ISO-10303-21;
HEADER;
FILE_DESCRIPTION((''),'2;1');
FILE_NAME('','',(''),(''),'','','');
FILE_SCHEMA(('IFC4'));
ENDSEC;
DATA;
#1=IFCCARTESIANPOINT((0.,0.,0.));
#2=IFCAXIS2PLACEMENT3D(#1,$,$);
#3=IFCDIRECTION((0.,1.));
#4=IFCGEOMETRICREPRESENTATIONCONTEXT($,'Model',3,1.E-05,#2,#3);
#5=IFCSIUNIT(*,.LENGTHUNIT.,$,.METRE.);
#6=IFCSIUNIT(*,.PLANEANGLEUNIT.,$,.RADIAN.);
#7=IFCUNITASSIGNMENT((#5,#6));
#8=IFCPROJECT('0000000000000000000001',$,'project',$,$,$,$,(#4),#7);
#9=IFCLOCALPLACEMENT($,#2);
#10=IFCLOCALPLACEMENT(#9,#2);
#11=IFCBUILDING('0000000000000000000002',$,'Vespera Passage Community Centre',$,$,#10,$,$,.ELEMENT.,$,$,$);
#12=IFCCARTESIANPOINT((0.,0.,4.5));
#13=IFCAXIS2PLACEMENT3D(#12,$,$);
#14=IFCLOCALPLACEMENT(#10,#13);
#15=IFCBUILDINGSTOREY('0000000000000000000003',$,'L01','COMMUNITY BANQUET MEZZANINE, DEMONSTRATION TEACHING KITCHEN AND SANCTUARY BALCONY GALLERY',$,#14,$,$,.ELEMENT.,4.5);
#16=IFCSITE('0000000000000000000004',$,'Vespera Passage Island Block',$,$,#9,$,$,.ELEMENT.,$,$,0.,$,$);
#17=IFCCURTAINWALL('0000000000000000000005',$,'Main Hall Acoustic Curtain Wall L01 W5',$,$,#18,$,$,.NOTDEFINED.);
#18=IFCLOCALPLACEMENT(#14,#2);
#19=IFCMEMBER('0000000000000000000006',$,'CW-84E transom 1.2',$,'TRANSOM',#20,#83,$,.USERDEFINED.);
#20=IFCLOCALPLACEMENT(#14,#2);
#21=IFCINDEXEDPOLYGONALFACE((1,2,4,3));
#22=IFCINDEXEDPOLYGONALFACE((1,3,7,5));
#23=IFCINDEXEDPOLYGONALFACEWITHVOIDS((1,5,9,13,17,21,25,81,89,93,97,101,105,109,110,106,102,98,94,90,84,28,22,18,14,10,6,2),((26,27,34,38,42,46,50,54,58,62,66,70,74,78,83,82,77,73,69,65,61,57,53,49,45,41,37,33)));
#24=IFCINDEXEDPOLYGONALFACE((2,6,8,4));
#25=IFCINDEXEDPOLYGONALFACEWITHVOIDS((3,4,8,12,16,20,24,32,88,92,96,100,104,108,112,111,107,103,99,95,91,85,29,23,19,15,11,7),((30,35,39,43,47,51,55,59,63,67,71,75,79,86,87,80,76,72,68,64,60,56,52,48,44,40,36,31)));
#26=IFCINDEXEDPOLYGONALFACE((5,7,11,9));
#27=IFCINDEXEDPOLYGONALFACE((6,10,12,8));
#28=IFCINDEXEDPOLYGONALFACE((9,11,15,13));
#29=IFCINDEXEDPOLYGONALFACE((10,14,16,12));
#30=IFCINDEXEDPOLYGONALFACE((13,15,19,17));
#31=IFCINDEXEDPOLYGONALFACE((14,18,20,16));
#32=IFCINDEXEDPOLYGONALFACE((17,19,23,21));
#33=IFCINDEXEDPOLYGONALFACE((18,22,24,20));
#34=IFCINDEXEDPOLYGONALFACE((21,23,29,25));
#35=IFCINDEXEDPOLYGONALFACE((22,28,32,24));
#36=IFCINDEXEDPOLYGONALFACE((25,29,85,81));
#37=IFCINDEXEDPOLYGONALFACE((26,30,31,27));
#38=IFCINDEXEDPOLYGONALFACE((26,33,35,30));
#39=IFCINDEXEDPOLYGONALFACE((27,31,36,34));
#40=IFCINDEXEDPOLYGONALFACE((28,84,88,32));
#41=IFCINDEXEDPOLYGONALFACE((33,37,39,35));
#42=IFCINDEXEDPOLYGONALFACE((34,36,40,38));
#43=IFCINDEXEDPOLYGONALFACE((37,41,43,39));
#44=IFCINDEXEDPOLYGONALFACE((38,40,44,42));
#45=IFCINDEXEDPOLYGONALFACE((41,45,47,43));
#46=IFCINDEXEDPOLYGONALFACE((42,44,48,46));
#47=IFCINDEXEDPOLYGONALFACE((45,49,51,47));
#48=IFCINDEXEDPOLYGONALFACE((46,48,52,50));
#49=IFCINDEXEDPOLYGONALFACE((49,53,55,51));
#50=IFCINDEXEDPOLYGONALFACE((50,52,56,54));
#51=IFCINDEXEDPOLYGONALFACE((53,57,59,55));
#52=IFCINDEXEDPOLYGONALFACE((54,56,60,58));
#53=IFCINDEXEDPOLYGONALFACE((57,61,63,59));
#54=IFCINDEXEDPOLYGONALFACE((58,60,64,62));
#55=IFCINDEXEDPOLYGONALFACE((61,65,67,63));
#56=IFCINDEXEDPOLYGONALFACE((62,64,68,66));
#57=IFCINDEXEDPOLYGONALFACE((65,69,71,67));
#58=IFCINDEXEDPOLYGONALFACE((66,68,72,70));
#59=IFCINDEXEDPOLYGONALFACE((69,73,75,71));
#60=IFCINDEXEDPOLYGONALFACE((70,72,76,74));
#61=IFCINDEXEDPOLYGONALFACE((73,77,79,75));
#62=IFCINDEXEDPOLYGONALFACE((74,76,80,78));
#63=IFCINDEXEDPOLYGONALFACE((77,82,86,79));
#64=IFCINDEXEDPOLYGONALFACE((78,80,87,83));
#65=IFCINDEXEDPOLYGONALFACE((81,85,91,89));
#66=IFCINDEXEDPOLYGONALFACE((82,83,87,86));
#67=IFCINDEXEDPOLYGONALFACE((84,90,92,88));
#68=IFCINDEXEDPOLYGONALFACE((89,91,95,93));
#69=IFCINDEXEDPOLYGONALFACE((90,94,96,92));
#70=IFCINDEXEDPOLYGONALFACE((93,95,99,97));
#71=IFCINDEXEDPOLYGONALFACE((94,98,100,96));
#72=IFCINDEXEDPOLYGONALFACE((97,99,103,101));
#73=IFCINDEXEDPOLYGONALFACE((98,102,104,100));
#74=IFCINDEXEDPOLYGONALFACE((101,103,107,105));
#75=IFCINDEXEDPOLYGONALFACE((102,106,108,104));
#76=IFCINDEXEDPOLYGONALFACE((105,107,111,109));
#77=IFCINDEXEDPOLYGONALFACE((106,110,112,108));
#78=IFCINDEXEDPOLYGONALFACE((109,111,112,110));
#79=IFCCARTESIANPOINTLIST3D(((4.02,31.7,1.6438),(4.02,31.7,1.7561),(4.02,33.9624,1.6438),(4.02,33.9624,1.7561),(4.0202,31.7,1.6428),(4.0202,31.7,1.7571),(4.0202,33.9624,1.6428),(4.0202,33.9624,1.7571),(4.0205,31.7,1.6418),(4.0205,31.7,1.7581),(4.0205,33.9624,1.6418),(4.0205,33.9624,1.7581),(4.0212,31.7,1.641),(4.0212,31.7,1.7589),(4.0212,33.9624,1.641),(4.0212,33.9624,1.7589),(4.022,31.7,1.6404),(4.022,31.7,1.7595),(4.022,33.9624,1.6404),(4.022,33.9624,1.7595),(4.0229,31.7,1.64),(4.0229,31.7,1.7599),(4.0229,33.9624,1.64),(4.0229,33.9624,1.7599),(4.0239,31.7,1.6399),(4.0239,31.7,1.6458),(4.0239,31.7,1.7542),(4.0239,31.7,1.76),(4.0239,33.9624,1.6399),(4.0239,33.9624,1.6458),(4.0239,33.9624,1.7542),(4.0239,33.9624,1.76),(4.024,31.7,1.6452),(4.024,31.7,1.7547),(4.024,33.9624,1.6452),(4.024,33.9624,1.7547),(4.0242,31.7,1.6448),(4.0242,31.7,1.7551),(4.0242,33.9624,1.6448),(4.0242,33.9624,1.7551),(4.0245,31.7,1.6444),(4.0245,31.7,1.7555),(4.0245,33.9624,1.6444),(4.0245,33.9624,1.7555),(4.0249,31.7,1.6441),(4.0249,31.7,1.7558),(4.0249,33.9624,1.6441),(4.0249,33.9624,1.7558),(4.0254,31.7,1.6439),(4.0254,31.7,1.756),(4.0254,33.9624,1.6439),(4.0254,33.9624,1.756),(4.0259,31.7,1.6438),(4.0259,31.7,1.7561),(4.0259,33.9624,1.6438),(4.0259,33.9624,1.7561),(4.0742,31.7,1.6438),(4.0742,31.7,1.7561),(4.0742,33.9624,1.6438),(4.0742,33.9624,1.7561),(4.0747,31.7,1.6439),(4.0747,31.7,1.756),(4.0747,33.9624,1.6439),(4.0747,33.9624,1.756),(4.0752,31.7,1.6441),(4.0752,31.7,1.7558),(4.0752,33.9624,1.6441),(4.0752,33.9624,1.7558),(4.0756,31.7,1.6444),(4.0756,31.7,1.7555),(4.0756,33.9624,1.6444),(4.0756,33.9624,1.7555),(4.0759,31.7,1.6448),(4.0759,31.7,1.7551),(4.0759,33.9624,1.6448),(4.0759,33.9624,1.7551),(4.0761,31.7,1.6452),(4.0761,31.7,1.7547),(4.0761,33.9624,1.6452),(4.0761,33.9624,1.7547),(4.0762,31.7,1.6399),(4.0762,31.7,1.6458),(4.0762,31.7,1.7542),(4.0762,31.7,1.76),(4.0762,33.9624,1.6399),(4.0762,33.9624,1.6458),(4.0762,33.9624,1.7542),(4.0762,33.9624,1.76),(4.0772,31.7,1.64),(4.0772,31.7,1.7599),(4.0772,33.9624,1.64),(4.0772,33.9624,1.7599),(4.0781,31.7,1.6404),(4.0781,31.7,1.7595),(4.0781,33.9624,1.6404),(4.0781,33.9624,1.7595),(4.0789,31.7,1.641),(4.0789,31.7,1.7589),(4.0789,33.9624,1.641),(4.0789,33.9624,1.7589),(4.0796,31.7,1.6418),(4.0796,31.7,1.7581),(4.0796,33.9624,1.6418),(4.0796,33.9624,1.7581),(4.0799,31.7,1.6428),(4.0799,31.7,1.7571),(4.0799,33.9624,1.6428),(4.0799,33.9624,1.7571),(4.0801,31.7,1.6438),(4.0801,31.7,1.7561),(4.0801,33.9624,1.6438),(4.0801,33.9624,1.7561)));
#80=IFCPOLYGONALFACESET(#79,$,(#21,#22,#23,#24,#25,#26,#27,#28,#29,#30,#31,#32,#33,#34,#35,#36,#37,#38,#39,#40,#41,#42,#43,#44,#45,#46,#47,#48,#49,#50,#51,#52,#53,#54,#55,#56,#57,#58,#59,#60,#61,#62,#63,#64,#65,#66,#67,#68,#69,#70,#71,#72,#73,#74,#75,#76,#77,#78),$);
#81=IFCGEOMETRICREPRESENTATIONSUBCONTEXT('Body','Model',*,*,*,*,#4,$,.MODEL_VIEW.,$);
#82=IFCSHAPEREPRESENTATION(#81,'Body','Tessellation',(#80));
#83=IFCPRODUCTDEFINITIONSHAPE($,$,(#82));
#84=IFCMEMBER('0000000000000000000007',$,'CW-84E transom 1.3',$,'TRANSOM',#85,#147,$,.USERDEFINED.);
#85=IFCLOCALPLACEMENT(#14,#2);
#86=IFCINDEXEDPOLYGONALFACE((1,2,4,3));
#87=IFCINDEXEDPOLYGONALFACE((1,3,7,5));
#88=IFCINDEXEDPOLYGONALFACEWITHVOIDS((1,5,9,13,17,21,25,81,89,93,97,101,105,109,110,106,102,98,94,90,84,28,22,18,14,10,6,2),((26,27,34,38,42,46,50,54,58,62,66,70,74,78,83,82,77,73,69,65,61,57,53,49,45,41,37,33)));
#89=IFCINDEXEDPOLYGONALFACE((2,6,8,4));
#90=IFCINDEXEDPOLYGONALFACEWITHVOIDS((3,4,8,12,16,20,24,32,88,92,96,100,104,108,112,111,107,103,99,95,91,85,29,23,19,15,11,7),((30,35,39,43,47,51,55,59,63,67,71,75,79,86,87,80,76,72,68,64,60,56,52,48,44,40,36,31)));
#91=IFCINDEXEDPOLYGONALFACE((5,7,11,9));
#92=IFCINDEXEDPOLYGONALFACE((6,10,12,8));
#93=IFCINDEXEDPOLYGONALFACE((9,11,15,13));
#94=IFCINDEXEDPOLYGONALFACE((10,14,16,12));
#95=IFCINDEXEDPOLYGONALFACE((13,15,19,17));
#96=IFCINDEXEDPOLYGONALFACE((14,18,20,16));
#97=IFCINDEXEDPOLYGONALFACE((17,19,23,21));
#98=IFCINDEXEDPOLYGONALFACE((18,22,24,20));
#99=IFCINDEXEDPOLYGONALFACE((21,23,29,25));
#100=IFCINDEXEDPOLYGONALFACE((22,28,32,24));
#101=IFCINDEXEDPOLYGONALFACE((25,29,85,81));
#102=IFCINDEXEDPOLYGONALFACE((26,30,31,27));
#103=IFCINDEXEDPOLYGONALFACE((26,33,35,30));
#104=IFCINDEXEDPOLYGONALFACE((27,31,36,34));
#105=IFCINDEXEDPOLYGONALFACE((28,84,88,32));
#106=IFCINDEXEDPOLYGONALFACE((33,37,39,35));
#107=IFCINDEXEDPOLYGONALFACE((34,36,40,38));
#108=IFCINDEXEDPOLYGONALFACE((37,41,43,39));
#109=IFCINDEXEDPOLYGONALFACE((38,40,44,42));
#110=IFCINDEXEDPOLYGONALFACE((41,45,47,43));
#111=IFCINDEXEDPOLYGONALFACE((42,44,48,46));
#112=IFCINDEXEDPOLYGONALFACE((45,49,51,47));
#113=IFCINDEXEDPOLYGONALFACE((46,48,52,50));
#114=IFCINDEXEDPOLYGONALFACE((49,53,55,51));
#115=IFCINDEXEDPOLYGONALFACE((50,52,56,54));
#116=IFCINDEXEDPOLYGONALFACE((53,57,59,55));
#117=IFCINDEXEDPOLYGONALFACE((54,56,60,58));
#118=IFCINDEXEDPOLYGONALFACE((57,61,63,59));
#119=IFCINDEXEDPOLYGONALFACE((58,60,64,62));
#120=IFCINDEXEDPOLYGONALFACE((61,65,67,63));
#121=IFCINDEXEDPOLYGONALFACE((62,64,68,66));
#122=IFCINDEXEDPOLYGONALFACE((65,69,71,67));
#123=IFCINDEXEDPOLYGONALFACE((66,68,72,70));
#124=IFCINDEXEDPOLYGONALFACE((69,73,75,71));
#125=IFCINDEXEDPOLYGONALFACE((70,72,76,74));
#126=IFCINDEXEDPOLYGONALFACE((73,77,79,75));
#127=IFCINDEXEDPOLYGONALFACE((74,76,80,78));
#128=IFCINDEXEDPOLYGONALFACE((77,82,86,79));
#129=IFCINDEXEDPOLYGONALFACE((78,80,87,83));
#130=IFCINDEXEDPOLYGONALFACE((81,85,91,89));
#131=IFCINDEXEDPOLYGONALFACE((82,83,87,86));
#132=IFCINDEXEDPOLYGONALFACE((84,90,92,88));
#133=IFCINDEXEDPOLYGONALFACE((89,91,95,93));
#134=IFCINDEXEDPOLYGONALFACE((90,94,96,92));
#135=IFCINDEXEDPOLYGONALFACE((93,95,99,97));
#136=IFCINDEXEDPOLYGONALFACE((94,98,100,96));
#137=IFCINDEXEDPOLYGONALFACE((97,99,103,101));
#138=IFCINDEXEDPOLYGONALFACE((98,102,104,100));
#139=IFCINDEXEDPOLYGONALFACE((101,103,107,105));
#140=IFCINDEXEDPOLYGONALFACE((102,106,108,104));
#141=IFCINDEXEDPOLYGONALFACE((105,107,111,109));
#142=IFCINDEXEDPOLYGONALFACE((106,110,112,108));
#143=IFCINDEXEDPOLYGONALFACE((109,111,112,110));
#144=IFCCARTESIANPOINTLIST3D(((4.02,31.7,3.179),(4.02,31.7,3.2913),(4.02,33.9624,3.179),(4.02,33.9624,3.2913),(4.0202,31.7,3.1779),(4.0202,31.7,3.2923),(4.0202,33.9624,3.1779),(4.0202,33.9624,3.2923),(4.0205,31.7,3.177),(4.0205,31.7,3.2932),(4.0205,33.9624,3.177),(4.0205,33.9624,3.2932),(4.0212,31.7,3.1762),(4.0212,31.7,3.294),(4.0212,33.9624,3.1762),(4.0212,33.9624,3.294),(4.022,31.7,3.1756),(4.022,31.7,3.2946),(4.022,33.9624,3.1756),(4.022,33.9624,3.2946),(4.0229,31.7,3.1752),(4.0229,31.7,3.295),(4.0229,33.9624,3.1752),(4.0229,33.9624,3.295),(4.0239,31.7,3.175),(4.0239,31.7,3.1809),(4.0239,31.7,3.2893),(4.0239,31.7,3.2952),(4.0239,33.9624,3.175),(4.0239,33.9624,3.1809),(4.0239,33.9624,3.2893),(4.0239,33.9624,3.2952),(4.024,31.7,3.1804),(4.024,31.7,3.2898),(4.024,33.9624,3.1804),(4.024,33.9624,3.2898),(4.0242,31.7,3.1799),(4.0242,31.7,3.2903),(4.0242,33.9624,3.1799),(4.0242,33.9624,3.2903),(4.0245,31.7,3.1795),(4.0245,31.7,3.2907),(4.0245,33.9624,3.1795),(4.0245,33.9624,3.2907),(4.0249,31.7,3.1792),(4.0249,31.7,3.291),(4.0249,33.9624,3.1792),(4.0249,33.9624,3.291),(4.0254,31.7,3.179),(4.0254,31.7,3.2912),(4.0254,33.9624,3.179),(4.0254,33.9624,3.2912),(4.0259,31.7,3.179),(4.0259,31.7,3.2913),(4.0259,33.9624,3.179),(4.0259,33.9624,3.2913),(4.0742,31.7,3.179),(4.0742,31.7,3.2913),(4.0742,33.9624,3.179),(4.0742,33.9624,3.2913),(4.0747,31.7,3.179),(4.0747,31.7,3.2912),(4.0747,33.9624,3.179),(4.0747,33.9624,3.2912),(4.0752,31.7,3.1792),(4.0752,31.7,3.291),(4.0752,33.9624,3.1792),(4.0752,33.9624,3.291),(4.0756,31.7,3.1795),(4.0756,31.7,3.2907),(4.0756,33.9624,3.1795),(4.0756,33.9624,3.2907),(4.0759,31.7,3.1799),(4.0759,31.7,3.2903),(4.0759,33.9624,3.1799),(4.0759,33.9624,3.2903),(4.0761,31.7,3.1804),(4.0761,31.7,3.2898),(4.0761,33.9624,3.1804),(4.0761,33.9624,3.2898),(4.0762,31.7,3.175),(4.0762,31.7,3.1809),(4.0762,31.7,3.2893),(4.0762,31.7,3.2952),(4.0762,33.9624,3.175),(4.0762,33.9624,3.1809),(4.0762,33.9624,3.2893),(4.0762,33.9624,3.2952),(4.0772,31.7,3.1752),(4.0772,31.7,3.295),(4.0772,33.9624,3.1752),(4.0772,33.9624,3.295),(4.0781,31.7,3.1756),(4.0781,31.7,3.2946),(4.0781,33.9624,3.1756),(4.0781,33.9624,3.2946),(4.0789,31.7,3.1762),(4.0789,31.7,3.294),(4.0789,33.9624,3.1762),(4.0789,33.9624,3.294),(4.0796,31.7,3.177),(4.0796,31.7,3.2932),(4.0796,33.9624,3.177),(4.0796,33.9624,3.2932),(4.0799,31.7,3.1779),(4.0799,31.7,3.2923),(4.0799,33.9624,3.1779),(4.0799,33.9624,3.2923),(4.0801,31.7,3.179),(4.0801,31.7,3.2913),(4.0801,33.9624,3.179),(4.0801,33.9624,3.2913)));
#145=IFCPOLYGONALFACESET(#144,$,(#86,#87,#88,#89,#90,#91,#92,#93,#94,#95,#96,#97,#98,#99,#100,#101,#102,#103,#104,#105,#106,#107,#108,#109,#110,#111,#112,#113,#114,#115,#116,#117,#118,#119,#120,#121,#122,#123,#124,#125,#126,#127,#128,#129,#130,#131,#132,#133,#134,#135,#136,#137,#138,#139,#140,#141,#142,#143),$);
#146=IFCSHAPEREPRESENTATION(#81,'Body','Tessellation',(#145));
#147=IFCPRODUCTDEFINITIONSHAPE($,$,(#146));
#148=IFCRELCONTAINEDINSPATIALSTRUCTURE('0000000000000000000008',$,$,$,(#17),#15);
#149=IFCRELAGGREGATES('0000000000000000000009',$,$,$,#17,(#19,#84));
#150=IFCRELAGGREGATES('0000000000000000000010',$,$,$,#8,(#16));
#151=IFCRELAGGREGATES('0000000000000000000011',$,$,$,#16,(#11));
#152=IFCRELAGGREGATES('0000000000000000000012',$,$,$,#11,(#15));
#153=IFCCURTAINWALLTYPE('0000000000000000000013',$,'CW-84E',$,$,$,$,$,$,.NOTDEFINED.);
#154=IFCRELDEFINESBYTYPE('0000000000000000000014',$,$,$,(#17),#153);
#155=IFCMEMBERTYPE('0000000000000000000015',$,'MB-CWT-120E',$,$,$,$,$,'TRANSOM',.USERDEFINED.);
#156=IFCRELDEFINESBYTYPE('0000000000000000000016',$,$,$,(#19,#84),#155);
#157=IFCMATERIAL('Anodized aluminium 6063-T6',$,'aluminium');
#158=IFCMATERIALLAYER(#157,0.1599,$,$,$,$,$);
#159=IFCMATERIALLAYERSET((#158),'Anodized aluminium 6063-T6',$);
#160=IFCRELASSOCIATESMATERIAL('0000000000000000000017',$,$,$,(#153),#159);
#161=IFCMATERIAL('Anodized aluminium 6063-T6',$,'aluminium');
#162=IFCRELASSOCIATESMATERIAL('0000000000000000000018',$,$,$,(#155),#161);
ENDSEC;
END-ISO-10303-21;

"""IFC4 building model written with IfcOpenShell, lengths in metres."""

from ifc_helpers import new_model, si_unit, direction, frame, origin, origin_2d, place, context, subcontext, project, spatial, hollow_rectangle, extrude, material, layer, layer_set, material_profile, profile_set, type_object, element, aggregate, save


model = new_model("IFC4")

# Units and contexts
model_context = context("Model", 3, precision=1e-05, world=origin(), true_north=direction((0.0, 1.0)))
body_context = subcontext(model_context, "Body", "Model", "MODEL_VIEW")
ifc_project = project(units=[si_unit("LENGTHUNIT", "METRE"), si_unit("PLANEANGLEUNIT", "RADIAN")], contexts=[model_context])

# Site, building, storey
site_placement = place(None, origin())
site = spatial("IfcSite", under=ifc_project, at=site_placement, Name="Vespera Passage Island Block", CompositionType="ELEMENT", RefElevation=0.0)
building_placement = place(site_placement, origin())
building = spatial("IfcBuilding", under=site, at=building_placement, Name="Vespera Passage Community Centre", CompositionType="ELEMENT")
storey_placement = place(building_placement, frame((0.0, 0.0, 4.5)))
storey = spatial("IfcBuildingStorey", under=building, at=storey_placement, Name="L01", Description="COMMUNITY BANQUET MEZZANINE, DEMONSTRATION TEACHING KITCHEN AND SANCTUARY BALCONY GALLERY", CompositionType="ELEMENT", Elevation=4.5)

# Curtain wall
ifc_material_1 = material(Name="Anodized aluminium 6063-T6", Category="aluminium")
ifc_layer_1 = layer(ifc_material_1, 0.1599)
ifc_layer_set_1 = layer_set([ifc_layer_1], Name="Anodized aluminium 6063-T6")
curtain_wall_type = type_object("IfcCurtainWallType", Name="CW-84E", PredefinedType="NOTDEFINED", material=ifc_layer_set_1)
curtain_wall_1_placement = place(storey_placement, origin())
curtain_wall_1 = element("IfcCurtainWall", 1, at=curtain_wall_1_placement, inside=storey, type_object=curtain_wall_type, Name="Main Hall Acoustic Curtain Wall L01 W5", PredefinedType="NOTDEFINED")

# Members
ifc_material_2 = material(Name="Anodized aluminium 6063-T6", Category="aluminium")
ifc_material_profile_1 = material_profile(ifc_material_2, hollow_rectangle(XDim=0.0601, YDim=0.1201, WallThickness=0.0039, InnerFilletRadius=0.002, OuterFilletRadius=0.0039, at=origin_2d()), Name="ALU120X60X4")
ifc_profile_set_1 = profile_set([ifc_material_profile_1], Name="Anodized aluminium 6063-T6")
member_type_1 = type_object("IfcMemberType", Name="MB-CWT-120E", ElementType="TRANSOM", PredefinedType="USERDEFINED", material=ifc_profile_set_1)
member_1_placement = place(storey_placement, frame((4.05, 31.7, 1.7), z_axis=(0.0, 1.0, 0.0), x_axis=(-1.0, 0.0, 0.0)))
member_1 = element("IfcMember", 2, at=member_1_placement, type_object=member_type_1, Name="CW-84E transom 1.2", ObjectType="TRANSOM", PredefinedType="USERDEFINED", context=body_context, shape_type="SweptSolid", body=[
    extrude(hollow_rectangle(XDim=0.0601, YDim=0.1201, WallThickness=0.0039, InnerFilletRadius=0.002, OuterFilletRadius=0.0039, at=origin_2d()), origin(), (0.0, 0.0, 1.0), 2.2625),
])
member_2_placement = place(storey_placement, frame((4.05, 31.7, 3.2351), z_axis=(0.0, 1.0, 0.0), x_axis=(-1.0, 0.0, 0.0)))
member_2 = element("IfcMember", 3, at=member_2_placement, type_object=member_type_1, Name="CW-84E transom 1.3", ObjectType="TRANSOM", PredefinedType="USERDEFINED", context=body_context, shape_type="SweptSolid", body=[
    extrude(hollow_rectangle(XDim=0.0601, YDim=0.1201, WallThickness=0.0039, InnerFilletRadius=0.002, OuterFilletRadius=0.0039, at=origin_2d()), origin(), (0.0, 0.0, 1.0), 2.2625),
])

aggregate(curtain_wall_1, [member_1, member_2])

save(model, "model.ifc")
